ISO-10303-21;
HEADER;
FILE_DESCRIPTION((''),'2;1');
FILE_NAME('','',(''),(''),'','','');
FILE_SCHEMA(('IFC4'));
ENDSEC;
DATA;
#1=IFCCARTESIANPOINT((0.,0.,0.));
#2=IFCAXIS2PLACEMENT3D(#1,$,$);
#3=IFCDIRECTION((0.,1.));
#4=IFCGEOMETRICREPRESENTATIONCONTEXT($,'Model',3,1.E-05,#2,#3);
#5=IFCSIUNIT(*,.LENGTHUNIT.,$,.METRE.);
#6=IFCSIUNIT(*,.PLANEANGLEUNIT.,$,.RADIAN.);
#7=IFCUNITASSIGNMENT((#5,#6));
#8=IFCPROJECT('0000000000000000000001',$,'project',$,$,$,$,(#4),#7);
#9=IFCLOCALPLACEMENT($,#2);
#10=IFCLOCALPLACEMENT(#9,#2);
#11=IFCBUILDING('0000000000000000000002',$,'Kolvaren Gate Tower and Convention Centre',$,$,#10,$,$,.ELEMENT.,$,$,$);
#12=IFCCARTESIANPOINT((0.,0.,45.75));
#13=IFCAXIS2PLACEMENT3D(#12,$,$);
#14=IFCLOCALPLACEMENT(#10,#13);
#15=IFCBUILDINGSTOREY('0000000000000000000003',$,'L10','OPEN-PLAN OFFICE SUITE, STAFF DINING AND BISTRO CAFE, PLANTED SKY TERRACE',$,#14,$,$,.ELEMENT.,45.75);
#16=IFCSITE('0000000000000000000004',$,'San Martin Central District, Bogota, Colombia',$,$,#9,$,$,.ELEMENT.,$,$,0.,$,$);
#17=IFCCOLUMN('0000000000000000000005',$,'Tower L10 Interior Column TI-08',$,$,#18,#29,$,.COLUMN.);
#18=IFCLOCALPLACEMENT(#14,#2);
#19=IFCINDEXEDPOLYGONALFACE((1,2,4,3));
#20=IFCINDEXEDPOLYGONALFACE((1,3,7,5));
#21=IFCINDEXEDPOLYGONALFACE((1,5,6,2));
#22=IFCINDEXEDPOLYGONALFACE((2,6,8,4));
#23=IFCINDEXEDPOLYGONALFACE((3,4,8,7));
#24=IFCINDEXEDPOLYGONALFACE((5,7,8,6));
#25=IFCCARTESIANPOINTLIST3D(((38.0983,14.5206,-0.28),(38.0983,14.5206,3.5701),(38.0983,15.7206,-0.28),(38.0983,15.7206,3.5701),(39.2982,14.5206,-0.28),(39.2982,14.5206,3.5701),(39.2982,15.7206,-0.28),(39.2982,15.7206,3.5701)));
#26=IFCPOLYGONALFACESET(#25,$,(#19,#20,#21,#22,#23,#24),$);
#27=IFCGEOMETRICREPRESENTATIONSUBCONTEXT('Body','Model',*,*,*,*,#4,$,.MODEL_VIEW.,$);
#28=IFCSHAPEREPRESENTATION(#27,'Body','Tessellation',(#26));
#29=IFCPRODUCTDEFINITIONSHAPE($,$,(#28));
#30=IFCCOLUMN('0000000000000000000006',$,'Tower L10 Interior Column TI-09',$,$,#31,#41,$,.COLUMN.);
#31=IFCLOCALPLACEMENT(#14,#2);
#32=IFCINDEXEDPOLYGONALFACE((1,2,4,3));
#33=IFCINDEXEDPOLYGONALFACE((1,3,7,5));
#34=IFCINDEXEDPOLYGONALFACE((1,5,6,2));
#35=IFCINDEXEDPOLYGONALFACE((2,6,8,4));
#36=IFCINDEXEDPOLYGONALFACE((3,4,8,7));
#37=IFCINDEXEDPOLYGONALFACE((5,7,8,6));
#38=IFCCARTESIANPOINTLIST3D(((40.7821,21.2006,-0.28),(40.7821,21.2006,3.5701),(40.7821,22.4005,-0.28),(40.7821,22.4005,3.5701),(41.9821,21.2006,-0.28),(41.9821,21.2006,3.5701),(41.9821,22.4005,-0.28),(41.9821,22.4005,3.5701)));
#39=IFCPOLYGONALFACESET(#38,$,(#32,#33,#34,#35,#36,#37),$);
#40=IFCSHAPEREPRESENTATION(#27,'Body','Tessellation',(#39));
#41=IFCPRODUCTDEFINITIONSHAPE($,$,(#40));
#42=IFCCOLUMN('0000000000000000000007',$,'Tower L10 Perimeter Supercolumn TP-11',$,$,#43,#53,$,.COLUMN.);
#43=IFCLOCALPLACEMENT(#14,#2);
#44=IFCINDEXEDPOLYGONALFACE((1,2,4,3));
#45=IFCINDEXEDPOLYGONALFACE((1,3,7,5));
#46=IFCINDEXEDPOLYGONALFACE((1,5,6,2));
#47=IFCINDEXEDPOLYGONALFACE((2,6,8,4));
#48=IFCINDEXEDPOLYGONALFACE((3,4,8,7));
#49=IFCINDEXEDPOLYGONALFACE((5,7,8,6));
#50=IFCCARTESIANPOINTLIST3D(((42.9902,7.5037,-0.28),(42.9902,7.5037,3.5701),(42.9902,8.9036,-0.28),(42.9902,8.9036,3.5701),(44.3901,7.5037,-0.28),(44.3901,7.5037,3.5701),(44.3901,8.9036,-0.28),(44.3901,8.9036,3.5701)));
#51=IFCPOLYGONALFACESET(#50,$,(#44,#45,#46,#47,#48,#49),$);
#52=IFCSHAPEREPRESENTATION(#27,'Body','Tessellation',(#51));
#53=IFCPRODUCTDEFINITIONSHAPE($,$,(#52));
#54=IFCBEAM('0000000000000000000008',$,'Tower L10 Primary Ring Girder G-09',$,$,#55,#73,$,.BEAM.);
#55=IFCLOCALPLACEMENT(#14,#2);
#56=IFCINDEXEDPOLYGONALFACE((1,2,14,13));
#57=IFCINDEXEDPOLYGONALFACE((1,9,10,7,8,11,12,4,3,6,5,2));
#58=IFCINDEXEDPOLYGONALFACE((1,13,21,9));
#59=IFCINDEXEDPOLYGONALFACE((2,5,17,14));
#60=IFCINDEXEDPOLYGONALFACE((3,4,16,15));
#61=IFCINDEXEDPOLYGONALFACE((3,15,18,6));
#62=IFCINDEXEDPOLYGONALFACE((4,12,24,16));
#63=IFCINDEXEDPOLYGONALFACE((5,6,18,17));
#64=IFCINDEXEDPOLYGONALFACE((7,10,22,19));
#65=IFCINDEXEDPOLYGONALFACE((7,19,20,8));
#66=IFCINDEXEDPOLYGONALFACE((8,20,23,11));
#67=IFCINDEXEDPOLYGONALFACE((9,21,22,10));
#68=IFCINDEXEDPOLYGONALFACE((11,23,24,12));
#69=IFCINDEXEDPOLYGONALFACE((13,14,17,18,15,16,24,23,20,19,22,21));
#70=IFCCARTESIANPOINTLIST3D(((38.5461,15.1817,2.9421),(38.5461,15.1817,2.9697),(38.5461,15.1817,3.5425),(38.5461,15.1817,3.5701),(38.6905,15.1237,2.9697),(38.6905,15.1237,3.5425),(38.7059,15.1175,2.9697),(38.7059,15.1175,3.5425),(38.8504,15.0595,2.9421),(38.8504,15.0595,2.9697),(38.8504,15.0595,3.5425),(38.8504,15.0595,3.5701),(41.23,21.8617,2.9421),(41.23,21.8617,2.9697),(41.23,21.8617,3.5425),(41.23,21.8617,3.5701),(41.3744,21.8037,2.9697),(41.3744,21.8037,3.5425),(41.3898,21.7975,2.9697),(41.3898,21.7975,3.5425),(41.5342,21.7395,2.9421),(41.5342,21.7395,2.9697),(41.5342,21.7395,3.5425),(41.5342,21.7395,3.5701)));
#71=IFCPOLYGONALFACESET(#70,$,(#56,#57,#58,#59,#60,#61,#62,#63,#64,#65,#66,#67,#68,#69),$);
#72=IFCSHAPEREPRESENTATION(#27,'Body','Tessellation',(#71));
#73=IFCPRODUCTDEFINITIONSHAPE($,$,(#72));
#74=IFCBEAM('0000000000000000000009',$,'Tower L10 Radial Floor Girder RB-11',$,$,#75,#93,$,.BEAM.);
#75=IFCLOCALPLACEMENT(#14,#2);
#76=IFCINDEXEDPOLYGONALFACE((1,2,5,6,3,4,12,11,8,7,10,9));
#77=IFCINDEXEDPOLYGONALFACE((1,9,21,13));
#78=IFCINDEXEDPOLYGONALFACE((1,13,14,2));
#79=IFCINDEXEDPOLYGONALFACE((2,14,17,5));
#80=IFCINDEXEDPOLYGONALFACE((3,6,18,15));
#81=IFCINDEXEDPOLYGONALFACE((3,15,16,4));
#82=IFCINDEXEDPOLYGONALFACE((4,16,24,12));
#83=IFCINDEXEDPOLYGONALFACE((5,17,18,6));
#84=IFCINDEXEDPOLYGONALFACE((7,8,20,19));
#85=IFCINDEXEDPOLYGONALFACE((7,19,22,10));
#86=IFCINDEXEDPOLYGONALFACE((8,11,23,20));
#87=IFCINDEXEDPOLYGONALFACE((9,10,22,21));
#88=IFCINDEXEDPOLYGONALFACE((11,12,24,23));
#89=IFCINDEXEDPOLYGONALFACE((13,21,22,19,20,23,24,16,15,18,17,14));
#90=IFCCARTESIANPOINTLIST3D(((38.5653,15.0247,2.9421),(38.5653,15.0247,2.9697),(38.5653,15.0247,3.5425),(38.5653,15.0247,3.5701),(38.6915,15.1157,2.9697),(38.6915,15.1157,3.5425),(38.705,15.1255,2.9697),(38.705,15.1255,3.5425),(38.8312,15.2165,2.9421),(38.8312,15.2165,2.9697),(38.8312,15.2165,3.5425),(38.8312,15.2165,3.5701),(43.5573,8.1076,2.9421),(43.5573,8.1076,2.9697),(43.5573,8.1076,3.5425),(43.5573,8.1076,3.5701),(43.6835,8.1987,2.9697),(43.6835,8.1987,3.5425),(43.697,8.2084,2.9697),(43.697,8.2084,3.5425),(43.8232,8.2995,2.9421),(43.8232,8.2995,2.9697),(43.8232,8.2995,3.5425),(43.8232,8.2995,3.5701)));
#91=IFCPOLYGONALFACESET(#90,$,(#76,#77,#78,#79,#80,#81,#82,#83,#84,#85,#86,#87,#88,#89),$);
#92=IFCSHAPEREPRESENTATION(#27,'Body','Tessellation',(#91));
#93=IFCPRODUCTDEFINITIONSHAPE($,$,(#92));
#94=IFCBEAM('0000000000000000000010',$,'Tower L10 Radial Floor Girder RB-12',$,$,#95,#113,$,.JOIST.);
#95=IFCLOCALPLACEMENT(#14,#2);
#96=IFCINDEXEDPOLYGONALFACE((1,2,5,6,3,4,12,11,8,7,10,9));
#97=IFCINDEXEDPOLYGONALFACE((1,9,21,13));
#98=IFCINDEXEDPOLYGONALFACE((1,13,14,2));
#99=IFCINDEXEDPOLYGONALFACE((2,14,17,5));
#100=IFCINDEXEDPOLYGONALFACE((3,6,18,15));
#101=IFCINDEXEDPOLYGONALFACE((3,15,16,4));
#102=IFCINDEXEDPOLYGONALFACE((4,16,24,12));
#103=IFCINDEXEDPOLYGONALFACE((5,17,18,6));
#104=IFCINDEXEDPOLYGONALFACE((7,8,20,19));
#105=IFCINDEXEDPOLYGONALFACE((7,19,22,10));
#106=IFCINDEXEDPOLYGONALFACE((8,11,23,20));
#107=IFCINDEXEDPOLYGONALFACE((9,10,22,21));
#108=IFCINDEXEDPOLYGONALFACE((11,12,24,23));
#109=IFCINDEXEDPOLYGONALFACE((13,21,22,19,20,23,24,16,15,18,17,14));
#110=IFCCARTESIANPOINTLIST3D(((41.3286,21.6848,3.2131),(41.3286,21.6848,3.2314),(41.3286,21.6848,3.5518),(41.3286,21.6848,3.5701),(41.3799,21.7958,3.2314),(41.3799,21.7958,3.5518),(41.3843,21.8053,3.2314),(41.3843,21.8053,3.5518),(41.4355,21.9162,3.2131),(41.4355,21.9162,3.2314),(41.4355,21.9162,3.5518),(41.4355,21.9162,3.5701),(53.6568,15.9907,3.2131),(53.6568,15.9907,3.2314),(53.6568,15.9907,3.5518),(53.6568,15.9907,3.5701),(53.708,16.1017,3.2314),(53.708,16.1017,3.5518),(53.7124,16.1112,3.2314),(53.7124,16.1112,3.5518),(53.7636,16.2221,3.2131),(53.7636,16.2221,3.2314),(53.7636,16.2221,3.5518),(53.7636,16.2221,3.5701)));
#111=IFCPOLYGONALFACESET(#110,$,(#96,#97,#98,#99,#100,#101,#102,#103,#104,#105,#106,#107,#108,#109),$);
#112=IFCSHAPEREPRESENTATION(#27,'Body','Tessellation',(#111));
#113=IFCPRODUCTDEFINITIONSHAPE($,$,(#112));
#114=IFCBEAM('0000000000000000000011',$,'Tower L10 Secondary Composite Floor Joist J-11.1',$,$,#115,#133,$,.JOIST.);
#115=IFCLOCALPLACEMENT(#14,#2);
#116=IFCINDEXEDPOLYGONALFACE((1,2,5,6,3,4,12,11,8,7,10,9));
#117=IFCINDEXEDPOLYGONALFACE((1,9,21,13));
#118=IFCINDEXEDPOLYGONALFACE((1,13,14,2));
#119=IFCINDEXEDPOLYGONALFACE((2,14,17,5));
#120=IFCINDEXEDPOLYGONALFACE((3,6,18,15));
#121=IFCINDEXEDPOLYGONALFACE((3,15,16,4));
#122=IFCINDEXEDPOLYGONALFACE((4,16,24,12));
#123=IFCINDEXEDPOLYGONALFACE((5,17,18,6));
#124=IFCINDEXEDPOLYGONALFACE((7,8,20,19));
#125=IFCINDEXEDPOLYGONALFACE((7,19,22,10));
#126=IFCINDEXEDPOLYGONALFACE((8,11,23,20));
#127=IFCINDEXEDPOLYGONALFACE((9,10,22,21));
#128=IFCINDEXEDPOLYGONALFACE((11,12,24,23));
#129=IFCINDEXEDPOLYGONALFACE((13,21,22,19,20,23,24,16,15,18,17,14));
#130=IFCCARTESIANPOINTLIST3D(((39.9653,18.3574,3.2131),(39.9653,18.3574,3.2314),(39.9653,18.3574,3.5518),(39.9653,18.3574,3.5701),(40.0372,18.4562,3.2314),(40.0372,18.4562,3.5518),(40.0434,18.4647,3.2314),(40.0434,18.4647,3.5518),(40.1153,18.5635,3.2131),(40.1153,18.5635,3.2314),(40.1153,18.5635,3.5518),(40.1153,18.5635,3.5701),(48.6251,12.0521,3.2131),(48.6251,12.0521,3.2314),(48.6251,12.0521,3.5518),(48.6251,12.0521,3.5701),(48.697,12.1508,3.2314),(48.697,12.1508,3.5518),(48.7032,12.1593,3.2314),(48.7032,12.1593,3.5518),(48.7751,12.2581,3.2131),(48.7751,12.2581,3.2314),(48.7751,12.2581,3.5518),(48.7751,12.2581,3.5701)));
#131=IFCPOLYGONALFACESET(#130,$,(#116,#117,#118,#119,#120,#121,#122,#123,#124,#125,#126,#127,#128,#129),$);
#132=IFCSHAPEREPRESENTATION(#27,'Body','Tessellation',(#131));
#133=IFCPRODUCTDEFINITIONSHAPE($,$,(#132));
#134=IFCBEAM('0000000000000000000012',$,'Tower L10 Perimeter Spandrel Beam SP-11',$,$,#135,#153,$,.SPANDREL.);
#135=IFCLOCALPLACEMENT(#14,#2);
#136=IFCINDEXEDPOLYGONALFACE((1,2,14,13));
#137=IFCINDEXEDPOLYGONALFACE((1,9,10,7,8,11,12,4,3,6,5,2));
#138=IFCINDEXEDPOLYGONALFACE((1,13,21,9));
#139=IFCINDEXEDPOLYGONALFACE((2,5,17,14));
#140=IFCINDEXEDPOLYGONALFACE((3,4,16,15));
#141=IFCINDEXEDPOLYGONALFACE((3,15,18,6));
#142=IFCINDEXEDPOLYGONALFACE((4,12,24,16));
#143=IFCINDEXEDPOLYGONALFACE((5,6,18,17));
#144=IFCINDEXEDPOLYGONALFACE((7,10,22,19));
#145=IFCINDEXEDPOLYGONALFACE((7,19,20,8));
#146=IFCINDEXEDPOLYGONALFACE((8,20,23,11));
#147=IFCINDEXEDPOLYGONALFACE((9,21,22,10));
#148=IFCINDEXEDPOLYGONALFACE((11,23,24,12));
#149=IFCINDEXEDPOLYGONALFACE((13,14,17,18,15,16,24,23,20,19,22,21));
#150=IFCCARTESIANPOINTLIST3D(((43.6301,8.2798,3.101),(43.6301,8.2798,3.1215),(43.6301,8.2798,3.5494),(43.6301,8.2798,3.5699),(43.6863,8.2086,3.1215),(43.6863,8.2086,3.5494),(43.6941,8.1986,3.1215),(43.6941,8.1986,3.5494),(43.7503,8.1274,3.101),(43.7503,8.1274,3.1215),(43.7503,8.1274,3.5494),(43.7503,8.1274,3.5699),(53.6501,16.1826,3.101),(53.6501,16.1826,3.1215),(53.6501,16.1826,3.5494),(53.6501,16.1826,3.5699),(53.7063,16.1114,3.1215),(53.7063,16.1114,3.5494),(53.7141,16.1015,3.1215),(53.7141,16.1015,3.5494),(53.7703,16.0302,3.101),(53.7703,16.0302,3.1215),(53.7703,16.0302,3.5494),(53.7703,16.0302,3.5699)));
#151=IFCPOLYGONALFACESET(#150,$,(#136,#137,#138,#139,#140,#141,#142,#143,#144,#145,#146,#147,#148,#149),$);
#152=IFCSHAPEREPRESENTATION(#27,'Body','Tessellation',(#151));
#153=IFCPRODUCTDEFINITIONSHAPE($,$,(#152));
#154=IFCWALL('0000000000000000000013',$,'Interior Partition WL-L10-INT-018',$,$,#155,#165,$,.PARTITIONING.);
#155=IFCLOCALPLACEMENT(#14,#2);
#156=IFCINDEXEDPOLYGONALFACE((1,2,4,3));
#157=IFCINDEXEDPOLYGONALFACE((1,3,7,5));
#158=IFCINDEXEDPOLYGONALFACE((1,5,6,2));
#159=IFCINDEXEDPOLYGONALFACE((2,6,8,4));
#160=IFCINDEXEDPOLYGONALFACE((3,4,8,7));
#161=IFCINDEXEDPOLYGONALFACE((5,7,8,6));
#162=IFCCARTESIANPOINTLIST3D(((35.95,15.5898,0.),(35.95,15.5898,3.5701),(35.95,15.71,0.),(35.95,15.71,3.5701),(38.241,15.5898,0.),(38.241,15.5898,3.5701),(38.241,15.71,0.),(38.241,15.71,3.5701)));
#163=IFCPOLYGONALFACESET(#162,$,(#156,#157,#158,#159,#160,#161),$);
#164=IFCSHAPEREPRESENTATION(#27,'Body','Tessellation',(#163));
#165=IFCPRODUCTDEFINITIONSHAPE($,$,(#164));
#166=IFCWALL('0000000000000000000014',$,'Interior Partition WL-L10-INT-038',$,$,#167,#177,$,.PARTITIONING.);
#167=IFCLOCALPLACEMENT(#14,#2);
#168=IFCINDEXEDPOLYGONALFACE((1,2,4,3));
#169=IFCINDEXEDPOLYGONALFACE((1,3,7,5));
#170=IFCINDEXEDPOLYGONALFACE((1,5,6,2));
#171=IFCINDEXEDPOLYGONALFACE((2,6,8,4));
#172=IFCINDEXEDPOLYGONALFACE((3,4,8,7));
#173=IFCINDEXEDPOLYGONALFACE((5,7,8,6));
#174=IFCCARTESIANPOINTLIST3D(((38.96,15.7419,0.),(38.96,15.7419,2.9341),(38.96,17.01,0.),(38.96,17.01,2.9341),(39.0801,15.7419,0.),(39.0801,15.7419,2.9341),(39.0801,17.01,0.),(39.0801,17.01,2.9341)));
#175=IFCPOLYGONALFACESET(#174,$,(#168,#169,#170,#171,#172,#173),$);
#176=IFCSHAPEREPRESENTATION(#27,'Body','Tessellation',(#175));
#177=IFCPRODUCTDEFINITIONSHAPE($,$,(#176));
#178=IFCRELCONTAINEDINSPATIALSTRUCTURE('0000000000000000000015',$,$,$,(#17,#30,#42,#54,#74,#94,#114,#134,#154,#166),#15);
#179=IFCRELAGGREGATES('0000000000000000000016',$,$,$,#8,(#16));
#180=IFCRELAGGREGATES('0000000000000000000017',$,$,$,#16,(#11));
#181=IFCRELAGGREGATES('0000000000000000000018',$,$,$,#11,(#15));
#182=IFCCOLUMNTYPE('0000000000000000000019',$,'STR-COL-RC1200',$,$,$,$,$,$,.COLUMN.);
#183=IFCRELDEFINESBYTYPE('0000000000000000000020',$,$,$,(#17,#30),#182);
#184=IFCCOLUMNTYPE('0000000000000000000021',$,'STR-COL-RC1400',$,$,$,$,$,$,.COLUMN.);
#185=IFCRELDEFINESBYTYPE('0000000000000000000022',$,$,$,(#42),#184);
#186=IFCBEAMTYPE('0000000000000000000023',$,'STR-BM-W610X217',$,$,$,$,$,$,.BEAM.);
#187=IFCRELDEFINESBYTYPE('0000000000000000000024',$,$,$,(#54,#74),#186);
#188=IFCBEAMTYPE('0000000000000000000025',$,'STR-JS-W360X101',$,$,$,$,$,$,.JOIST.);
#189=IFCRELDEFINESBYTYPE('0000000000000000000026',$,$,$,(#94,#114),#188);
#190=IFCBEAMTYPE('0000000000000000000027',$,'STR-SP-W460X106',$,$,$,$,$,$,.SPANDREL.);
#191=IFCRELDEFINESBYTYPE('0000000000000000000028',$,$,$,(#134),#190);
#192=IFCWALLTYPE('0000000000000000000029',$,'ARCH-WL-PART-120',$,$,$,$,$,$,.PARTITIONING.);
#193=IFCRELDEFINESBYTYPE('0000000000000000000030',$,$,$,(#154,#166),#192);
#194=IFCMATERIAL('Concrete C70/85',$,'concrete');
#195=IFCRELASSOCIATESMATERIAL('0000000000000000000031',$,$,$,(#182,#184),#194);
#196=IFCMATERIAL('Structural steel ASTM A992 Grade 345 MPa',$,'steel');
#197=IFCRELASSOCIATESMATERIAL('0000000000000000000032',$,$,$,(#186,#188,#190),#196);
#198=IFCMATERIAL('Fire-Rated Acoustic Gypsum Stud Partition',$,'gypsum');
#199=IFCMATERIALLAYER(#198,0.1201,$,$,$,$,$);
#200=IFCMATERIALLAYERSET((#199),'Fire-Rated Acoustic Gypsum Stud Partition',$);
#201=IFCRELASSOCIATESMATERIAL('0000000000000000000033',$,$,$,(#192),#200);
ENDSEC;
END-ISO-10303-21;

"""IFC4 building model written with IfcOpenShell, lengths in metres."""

from ifc_helpers import new_model, si_unit, direction, frame, frame_2d, origin, origin_2d, place, context, subcontext, project, spatial, rectangle, i_section, extrude, material, layer, layer_set, material_profile, profile_set, type_object, element, save


model = new_model("IFC4")

# Units and contexts
model_context = context("Model", 3, precision=1e-05, world=origin(), true_north=direction((0.0, 1.0)))
body_context = subcontext(model_context, "Body", "Model", "MODEL_VIEW")
ifc_project = project(units=[si_unit("LENGTHUNIT", "METRE"), si_unit("PLANEANGLEUNIT", "RADIAN")], contexts=[model_context])

# Site, building, storey
site_placement = place(None, origin())
site = spatial("IfcSite", under=ifc_project, at=site_placement, Name="San Martin Central District, Bogota, Colombia", CompositionType="ELEMENT", RefElevation=0.0)
building_placement = place(site_placement, origin())
building = spatial("IfcBuilding", under=site, at=building_placement, Name="Kolvaren Gate Tower and Convention Centre", CompositionType="ELEMENT")
storey_placement = place(building_placement, frame((0.0, 0.0, 45.75)))
storey = spatial("IfcBuildingStorey", under=building, at=storey_placement, Name="L10", Description="OPEN-PLAN OFFICE SUITE, STAFF DINING AND BISTRO CAFE, PLANTED SKY TERRACE", CompositionType="ELEMENT", Elevation=45.75)

# Columns
ifc_material_1 = material(Name="Concrete C70/85", Category="concrete")
ifc_material_profile_1 = material_profile(ifc_material_1, rectangle(XDim=1.2, YDim=1.2, at=origin_2d()), Name="RC-COL-1200X1200")
ifc_profile_set_1 = profile_set([ifc_material_profile_1], Name="Concrete C70/85")
column_type_1 = type_object("IfcColumnType", Name="STR-COL-RC1200", PredefinedType="COLUMN", material=ifc_profile_set_1)
for number, where, z_axis, x_axis, name in (
    (1, (38.6982, 15.1206, -0.28), (0.0, 0.0, 1.0), (1.0, 0.0, 0.0), "Tower L10 Interior Column TI-08"),
    (2, (41.3821, 21.8005, -0.28), (0.0, 0.0, 1.0), (1.0, 0.0, 0.0), "Tower L10 Interior Column TI-09"),
):
    element("IfcColumn", number, at=place(storey_placement, frame(where, z_axis=z_axis, x_axis=x_axis)), inside=storey, type_object=column_type_1, Name=name, PredefinedType="COLUMN", context=body_context, shape_type="SweptSolid", body=[
        extrude(rectangle(XDim=1.2, YDim=1.2, at=origin_2d()), origin(), (0.0, 0.0, 1.0), 3.8501),
    ])
ifc_material_profile_2 = material_profile(ifc_material_1, rectangle(XDim=1.3999, YDim=1.3999, at=origin_2d()), Name="RC-COL-1400X1400")
ifc_profile_set_2 = profile_set([ifc_material_profile_2], Name="Concrete C70/85")
column_type_2 = type_object("IfcColumnType", Name="STR-COL-RC1400", PredefinedType="COLUMN", material=ifc_profile_set_2)
column_placement = place(storey_placement, frame((43.6902, 8.2036, -0.28), z_axis=(0.0, 0.0, 1.0), x_axis=(1.0, 0.0, 0.0)))
element("IfcColumn", 3, at=column_placement, inside=storey, type_object=column_type_2, Name="Tower L10 Perimeter Supercolumn TP-11", PredefinedType="COLUMN", context=body_context, shape_type="SweptSolid", body=[
    extrude(rectangle(XDim=1.3999, YDim=1.3999, at=origin_2d()), origin(), (0.0, 0.0, 1.0), 3.8501),
])

# Beams
ifc_material_2 = material(Name="Structural steel ASTM A992 Grade 345 MPa", Category="steel")
ifc_material_profile_3 = material_profile(ifc_material_2, i_section(OverallWidth=0.3279, OverallDepth=0.6279, WebThickness=0.0166, FlangeThickness=0.0276, at=origin_2d()), Name="W610X217")
ifc_profile_set_3 = profile_set([ifc_material_profile_3], Name="Structural steel ASTM A992 Grade 345 MPa")
beam_type_1 = type_object("IfcBeamType", Name="STR-BM-W610X217", PredefinedType="BEAM", material=ifc_profile_set_3)
beam_1_placement = place(storey_placement, frame((38.6982, 15.1206, 3.2561), z_axis=(0.372811, 0.927907, 0.0), x_axis=(-0.927907, 0.372811, 0.0)))
element("IfcBeam", 4, at=beam_1_placement, inside=storey, type_object=beam_type_1, Name="Tower L10 Primary Ring Girder G-09", PredefinedType="BEAM", context=body_context, shape_type="SweptSolid", body=[
    extrude(i_section(OverallWidth=0.3279, OverallDepth=0.6279, WebThickness=0.0166, FlangeThickness=0.0276, at=origin_2d()), origin(), (0.0, 0.0, 1.0), 7.199),
])
beam_2_placement = place(storey_placement, frame((38.6982, 15.1206, 3.2561), z_axis=(0.585208, -0.810883, 0.0), x_axis=(0.810883, 0.585208, 0.0)))
element("IfcBeam", 5, at=beam_2_placement, inside=storey, type_object=beam_type_1, Name="Tower L10 Radial Floor Girder RB-11", PredefinedType="BEAM", context=body_context, shape_type="SweptSolid", body=[
    extrude(i_section(OverallWidth=0.3279, OverallDepth=0.6279, WebThickness=0.0166, FlangeThickness=0.0276, at=origin_2d()), origin(), (0.0, 0.0, 1.0), 8.5303),
])
ifc_material_profile_4 = material_profile(ifc_material_2, i_section(OverallWidth=0.2549, OverallDepth=0.3569, WebThickness=0.0105, FlangeThickness=0.0183, at=origin_2d()), Name="W360X101")
ifc_profile_set_4 = profile_set([ifc_material_profile_4], Name="Structural steel ASTM A992 Grade 345 MPa")
beam_type_2 = type_object("IfcBeamType", Name="STR-JS-W360X101", PredefinedType="JOIST", material=ifc_profile_set_4)
beam_3_placement = place(storey_placement, frame((41.3821, 21.8005, 3.3916), z_axis=(0.907842, -0.419312, 0.0), x_axis=(0.419312, 0.907842, 0.0)))
element("IfcBeam", 6, at=beam_3_placement, inside=storey, type_object=beam_type_2, Name="Tower L10 Radial Floor Girder RB-12", PredefinedType="JOIST", context=body_context, shape_type="SweptSolid", body=[
    extrude(i_section(OverallWidth=0.2549, OverallDepth=0.3569, WebThickness=0.0105, FlangeThickness=0.0183, at=origin_2d()), origin(), (0.0, 0.0, 1.0), 13.5796),
])
beam_4_placement = place(storey_placement, frame((40.0403, 18.4604, 3.3916), z_axis=(0.808412, -0.588617, 0.0), x_axis=(0.588617, 0.808412, 0.0)))
element("IfcBeam", 7, at=beam_4_placement, inside=storey, type_object=beam_type_2, Name="Tower L10 Secondary Composite Floor Joist J-11.1", PredefinedType="JOIST", context=body_context, shape_type="SweptSolid", body=[
    extrude(i_section(OverallWidth=0.2549, OverallDepth=0.3569, WebThickness=0.0105, FlangeThickness=0.0183, at=origin_2d()), origin(), (0.0, 0.0, 1.0), 10.7122),
])
ifc_material_profile_5 = material_profile(ifc_material_2, i_section(OverallWidth=0.1941, OverallDepth=0.469, WebThickness=0.0127, FlangeThickness=0.0205, at=origin_2d()), Name="W460X106")
ifc_profile_set_5 = profile_set([ifc_material_profile_5], Name="Structural steel ASTM A992 Grade 345 MPa")
beam_type_3 = type_object("IfcBeamType", Name="STR-SP-W460X106", PredefinedType="SPANDREL", material=ifc_profile_set_5)
beam_5_placement = place(storey_placement, frame((43.6902, 8.2036, 3.3354), z_axis=(0.785176, 0.619272, 0.0), x_axis=(-0.619272, 0.785176, 0.0)))
element("IfcBeam", 8, at=beam_5_placement, inside=storey, type_object=beam_type_3, Name="Tower L10 Perimeter Spandrel Beam SP-11", PredefinedType="SPANDREL", context=body_context, shape_type="SweptSolid", body=[
    extrude(i_section(OverallWidth=0.1941, OverallDepth=0.469, WebThickness=0.0127, FlangeThickness=0.0205, at=origin_2d()), origin(), (0.0, 0.0, 1.0), 12.7615),
])

# Walls
ifc_material_3 = material(Name="Fire-Rated Acoustic Gypsum Stud Partition", Category="gypsum")
ifc_layer_1 = layer(ifc_material_3, 0.1201)
ifc_layer_set_1 = layer_set([ifc_layer_1], Name="Fire-Rated Acoustic Gypsum Stud Partition")
wall_type_1 = type_object("IfcWallType", Name="ARCH-WL-PART-120", PredefinedType="PARTITIONING", material=ifc_layer_set_1)
wall_1_placement = place(storey_placement, frame((35.95, 15.6499, 0.0), z_axis=(0.0, 0.0, 1.0), x_axis=(1.0, 0.0, 0.0)))
element("IfcWall", 9, at=wall_1_placement, inside=storey, type_object=wall_type_1, Name="Interior Partition WL-L10-INT-018", PredefinedType="PARTITIONING", context=body_context, shape_type="SweptSolid", body=[
    extrude(rectangle(XDim=2.291, YDim=0.1201, at=frame_2d((1.1455, 0.0))), origin(), (0.0, 0.0, 1.0), 3.5701),
])
wall_2_placement = place(storey_placement, frame((39.02, 15.7419, 0.0), z_axis=(0.0, 0.0, 1.0), x_axis=(0.0, 1.0, 0.0)))
element("IfcWall", 10, at=wall_2_placement, inside=storey, type_object=wall_type_1, Name="Interior Partition WL-L10-INT-038", PredefinedType="PARTITIONING", context=body_context, shape_type="SweptSolid", body=[
    extrude(rectangle(XDim=1.2681, YDim=0.1201, at=frame_2d((0.634, 0.0))), origin(), (0.0, 0.0, 1.0), 2.9341),
])

save(model, "model.ifc")
